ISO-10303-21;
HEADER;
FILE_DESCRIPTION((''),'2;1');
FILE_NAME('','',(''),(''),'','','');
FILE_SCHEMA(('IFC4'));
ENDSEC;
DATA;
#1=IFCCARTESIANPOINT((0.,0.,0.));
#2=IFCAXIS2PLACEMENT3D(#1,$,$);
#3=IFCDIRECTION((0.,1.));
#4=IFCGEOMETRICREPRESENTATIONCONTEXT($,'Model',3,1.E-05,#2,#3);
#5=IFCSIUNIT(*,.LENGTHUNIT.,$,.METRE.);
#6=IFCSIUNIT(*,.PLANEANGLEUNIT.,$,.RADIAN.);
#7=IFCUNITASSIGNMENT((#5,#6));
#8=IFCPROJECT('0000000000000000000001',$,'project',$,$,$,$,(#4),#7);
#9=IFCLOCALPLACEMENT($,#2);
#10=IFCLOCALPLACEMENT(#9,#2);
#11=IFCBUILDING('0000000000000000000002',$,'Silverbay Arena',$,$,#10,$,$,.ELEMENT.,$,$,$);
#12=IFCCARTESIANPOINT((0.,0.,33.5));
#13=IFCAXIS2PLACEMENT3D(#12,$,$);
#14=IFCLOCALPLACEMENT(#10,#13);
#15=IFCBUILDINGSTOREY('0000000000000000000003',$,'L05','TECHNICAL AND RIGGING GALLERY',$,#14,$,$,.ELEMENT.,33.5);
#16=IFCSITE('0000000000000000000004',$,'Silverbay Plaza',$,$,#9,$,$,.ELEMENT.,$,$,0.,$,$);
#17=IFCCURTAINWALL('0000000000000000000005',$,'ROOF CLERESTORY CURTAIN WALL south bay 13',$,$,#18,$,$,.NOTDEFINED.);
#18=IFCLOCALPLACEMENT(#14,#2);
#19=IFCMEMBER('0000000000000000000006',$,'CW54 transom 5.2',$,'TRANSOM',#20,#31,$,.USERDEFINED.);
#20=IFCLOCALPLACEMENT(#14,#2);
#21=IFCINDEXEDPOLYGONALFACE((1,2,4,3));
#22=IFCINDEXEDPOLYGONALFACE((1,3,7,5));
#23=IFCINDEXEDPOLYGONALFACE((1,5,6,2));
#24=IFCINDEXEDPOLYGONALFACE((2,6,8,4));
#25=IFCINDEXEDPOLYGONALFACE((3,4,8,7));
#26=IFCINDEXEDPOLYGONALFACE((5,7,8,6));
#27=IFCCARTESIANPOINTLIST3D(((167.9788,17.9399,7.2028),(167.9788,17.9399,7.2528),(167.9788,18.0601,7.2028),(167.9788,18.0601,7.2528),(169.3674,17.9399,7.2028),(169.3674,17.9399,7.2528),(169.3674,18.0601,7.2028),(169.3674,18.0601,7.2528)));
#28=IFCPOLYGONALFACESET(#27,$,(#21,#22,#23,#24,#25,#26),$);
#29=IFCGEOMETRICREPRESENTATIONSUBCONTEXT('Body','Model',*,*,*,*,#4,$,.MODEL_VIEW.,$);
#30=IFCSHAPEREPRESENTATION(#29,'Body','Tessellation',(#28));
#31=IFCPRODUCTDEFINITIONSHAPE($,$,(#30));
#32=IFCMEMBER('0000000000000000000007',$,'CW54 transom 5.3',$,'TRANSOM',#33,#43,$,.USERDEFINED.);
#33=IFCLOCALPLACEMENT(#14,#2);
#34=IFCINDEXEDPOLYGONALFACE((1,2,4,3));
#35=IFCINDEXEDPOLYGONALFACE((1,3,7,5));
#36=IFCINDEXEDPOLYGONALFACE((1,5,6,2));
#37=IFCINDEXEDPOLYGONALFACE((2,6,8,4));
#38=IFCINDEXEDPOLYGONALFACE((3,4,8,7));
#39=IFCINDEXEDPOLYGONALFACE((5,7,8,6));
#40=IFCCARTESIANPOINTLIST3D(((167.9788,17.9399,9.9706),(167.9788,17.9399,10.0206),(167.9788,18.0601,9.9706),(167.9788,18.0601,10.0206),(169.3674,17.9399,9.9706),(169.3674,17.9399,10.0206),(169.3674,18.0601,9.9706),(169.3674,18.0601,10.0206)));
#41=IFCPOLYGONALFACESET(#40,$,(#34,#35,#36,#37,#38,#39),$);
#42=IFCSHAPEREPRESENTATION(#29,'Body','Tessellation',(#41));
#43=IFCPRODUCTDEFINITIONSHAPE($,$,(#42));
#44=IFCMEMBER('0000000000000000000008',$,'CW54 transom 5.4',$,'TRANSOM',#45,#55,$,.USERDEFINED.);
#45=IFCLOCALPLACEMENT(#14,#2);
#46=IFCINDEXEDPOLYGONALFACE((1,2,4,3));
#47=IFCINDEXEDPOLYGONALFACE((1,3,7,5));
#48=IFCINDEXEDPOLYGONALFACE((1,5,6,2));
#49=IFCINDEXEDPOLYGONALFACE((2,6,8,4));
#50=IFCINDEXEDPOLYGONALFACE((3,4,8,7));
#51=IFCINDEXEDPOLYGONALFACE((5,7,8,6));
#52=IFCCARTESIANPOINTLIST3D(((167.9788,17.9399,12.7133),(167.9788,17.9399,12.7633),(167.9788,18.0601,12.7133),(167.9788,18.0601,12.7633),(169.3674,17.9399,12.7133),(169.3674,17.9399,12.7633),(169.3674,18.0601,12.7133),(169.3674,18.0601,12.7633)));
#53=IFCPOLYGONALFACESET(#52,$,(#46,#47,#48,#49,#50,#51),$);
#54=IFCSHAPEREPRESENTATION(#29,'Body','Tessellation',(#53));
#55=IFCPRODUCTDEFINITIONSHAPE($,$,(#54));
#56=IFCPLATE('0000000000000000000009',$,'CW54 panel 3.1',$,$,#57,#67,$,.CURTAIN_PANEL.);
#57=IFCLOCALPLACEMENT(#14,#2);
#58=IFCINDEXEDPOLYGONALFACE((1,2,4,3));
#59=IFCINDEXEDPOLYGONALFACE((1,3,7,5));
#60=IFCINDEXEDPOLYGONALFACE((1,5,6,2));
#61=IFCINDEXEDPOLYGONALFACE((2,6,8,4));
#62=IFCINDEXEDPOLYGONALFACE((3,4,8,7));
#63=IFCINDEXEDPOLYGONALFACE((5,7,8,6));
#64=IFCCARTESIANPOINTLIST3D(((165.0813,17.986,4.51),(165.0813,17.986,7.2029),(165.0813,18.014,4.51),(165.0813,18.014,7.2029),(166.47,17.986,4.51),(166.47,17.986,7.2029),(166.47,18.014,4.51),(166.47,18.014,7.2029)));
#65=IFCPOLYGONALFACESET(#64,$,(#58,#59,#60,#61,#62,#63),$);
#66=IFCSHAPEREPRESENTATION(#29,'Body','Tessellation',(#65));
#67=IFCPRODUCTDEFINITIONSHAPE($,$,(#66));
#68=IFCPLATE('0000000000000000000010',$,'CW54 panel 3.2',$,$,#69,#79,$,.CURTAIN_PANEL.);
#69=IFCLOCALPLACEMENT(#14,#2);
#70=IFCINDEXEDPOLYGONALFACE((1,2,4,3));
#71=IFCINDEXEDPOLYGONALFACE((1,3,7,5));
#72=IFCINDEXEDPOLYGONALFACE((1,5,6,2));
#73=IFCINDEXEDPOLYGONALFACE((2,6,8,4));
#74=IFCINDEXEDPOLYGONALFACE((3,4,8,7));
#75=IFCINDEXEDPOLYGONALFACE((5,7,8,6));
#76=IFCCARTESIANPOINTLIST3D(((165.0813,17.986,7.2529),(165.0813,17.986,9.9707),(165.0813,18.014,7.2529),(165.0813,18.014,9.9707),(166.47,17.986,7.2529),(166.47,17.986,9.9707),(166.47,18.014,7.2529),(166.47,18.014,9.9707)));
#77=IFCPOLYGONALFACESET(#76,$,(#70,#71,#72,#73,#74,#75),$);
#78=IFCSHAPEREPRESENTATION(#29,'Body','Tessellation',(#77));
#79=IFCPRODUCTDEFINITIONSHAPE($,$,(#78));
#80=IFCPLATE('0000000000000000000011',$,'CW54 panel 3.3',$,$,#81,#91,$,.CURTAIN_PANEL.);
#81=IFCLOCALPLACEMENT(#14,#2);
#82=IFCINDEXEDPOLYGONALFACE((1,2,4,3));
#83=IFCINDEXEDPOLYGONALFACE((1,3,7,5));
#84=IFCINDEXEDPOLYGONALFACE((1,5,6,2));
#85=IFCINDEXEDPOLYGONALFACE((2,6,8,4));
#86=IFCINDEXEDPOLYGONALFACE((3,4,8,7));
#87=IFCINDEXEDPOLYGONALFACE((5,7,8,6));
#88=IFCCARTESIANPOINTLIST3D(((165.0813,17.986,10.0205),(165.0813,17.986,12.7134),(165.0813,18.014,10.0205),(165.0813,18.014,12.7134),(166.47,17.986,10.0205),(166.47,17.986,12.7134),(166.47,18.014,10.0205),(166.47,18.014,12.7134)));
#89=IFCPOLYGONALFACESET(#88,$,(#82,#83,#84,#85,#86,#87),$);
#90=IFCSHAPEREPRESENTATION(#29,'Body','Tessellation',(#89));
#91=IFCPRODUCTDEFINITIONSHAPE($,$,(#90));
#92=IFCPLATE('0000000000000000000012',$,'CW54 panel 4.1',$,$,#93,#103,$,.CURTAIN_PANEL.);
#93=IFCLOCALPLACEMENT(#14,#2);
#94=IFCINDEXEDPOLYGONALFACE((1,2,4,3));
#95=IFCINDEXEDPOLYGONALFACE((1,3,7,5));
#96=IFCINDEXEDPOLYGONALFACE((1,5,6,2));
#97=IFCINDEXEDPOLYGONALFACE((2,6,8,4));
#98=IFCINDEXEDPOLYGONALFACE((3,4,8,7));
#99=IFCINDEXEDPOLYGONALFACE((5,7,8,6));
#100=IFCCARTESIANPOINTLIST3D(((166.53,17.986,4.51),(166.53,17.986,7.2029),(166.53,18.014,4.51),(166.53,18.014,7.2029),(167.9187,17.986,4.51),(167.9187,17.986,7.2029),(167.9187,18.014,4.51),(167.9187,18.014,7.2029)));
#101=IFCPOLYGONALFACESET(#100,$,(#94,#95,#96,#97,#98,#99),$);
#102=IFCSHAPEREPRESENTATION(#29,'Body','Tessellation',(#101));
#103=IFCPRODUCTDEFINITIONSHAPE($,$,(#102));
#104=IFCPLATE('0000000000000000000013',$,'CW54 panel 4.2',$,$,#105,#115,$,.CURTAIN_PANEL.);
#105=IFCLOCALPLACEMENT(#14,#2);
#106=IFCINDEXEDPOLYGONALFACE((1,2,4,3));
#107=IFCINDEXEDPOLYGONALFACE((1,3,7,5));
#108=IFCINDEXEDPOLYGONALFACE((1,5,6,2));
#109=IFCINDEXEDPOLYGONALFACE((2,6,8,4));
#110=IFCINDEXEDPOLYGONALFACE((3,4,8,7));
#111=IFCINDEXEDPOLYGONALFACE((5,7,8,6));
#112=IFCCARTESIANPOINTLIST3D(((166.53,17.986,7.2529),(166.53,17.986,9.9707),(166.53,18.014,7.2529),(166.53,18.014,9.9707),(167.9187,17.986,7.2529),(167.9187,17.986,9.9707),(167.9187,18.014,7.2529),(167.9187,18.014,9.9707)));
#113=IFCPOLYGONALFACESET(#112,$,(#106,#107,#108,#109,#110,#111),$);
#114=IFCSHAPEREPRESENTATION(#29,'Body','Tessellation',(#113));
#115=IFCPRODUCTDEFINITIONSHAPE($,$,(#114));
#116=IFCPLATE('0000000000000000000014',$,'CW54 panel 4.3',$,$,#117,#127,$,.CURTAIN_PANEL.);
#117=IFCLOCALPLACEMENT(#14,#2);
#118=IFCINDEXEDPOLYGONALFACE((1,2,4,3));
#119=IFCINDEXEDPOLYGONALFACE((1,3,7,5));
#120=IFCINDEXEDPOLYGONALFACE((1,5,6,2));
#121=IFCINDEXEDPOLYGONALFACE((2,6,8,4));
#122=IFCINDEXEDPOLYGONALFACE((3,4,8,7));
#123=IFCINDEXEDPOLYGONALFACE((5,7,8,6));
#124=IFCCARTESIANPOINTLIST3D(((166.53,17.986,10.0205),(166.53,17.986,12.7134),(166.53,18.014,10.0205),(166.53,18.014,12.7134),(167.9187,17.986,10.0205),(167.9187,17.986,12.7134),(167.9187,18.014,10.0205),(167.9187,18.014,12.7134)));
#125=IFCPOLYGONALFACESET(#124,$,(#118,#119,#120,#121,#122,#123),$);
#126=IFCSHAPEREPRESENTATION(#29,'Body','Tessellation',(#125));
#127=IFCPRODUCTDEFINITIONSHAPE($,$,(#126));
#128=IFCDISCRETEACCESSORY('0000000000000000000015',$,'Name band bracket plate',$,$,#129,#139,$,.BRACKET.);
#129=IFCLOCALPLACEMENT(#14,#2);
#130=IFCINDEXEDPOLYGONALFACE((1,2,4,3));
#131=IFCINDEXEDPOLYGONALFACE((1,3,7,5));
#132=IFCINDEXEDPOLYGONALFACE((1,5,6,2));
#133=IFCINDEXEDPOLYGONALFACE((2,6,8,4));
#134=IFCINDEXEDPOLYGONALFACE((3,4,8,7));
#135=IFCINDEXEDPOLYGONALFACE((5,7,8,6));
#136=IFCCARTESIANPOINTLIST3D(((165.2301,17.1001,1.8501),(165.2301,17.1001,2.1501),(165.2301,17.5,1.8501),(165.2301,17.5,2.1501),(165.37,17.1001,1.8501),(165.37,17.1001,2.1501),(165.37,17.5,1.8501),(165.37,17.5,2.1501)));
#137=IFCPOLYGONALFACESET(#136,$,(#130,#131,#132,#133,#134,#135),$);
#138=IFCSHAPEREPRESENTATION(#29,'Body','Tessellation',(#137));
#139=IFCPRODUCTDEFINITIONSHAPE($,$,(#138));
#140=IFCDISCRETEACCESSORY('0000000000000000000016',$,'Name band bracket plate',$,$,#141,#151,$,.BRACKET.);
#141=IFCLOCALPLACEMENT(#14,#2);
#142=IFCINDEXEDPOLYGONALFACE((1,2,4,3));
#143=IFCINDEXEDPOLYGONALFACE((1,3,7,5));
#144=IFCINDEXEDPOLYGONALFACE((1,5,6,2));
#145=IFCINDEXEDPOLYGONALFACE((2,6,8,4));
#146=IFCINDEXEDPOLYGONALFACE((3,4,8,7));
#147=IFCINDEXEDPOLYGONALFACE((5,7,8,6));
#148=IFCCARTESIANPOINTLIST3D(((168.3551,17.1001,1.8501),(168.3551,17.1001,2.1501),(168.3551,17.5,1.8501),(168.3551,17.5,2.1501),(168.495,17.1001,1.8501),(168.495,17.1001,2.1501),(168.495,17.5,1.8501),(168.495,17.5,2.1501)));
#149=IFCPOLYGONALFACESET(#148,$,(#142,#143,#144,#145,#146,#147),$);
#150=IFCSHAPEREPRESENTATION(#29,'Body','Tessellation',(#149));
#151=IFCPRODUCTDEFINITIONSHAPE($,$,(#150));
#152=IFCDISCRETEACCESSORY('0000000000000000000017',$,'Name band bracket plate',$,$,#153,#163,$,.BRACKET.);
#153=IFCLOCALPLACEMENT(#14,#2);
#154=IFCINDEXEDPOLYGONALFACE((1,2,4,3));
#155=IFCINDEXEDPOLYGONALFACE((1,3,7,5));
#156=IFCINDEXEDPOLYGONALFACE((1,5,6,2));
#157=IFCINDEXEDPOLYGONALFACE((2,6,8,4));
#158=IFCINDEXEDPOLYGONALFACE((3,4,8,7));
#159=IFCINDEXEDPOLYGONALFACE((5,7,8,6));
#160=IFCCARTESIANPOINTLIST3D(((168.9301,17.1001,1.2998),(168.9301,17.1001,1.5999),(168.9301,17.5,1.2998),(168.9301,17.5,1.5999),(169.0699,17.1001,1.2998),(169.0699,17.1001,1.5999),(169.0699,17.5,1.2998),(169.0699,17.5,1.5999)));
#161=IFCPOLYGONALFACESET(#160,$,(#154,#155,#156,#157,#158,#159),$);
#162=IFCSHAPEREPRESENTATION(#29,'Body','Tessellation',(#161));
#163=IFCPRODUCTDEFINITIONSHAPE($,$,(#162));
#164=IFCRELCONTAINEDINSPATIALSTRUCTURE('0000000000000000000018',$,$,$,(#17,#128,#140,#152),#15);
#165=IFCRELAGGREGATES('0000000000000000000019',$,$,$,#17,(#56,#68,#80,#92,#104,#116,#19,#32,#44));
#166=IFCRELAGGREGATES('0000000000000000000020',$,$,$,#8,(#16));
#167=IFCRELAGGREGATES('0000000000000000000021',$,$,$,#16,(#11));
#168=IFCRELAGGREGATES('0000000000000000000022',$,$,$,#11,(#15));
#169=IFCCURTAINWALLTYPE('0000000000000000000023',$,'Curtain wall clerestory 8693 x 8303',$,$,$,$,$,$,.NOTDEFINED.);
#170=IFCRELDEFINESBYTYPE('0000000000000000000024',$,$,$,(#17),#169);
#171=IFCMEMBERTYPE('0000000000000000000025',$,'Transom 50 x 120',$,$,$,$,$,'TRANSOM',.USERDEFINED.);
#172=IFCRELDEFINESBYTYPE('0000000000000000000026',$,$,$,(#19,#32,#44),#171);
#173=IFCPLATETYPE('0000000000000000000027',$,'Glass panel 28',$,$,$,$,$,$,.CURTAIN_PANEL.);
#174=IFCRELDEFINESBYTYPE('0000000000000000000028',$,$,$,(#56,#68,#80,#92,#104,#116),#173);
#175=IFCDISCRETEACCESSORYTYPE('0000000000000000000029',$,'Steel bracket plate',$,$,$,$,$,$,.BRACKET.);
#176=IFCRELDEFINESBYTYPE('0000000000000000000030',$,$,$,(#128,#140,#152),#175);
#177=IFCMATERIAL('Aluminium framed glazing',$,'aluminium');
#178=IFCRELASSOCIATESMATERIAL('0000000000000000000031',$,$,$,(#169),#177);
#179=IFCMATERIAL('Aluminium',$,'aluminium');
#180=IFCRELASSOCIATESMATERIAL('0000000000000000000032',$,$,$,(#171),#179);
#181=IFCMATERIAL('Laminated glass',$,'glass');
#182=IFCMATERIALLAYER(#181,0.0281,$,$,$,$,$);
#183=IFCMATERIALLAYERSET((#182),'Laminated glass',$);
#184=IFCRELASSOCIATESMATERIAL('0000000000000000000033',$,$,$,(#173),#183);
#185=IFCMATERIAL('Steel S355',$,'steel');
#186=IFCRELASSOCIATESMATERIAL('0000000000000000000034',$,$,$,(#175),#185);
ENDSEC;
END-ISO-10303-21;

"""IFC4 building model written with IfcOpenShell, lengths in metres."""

from ifc_helpers import new_model, si_unit, direction, frame, origin, origin_2d, place, context, subcontext, project, spatial, rectangle, extrude, material, layer, layer_set, material_profile, profile_set, type_object, element, aggregate, save


model = new_model("IFC4")

# Units and contexts
model_context = context("Model", 3, precision=1e-05, world=origin(), true_north=direction((0.0, 1.0)))
body_context = subcontext(model_context, "Body", "Model", "MODEL_VIEW")
ifc_project = project(units=[si_unit("LENGTHUNIT", "METRE"), si_unit("PLANEANGLEUNIT", "RADIAN")], contexts=[model_context])

# Site, building, storey
site_placement = place(None, origin())
site = spatial("IfcSite", under=ifc_project, at=site_placement, Name="Silverbay Plaza", CompositionType="ELEMENT", RefElevation=0.0)
building_placement = place(site_placement, origin())
building = spatial("IfcBuilding", under=site, at=building_placement, Name="Silverbay Arena", CompositionType="ELEMENT")
storey_placement = place(building_placement, frame((0.0, 0.0, 33.5)))
storey = spatial("IfcBuildingStorey", under=building, at=storey_placement, Name="L05", Description="TECHNICAL AND RIGGING GALLERY", CompositionType="ELEMENT", Elevation=33.5)

# Curtain wall
ifc_material_1 = material(Name="Aluminium framed glazing", Category="aluminium")
curtain_wall_type = type_object("IfcCurtainWallType", Name="Curtain wall clerestory 8693 x 8303", PredefinedType="NOTDEFINED", material=ifc_material_1)
curtain_wall_placement = place(storey_placement, origin())
curtain_wall = element("IfcCurtainWall", 1, at=curtain_wall_placement, inside=storey, type_object=curtain_wall_type, Name="ROOF CLERESTORY CURTAIN WALL south bay 13", PredefinedType="NOTDEFINED")

# Members
ifc_material_2 = material(Name="Aluminium", Category="aluminium")
ifc_material_profile_1 = material_profile(ifc_material_2, rectangle(XDim=0.1201, YDim=0.05, at=origin_2d()), Name="Transom 50 x 120")
ifc_profile_set_1 = profile_set([ifc_material_profile_1], Name="Aluminium")
member_type_1 = type_object("IfcMemberType", Name="Transom 50 x 120", ElementType="TRANSOM", PredefinedType="USERDEFINED", material=ifc_profile_set_1)
member_1_placement = place(storey_placement, frame((167.9788, 18.0, 7.2278), z_axis=(1.0, 0.0, 0.0), x_axis=(0.0, 1.0, 0.0)))
member_1 = element("IfcMember", 2, at=member_1_placement, type_object=member_type_1, Name="CW54 transom 5.2", ObjectType="TRANSOM", PredefinedType="USERDEFINED", context=body_context, shape_type="SweptSolid", body=[
    extrude(rectangle(XDim=0.1201, YDim=0.05, at=origin_2d()), origin(), (0.0, 0.0, 1.0), 1.3887),
])
member_2_placement = place(storey_placement, frame((167.9788, 18.0, 9.9956), z_axis=(1.0, 0.0, 0.0), x_axis=(0.0, 1.0, 0.0)))
member_2 = element("IfcMember", 3, at=member_2_placement, type_object=member_type_1, Name="CW54 transom 5.3", ObjectType="TRANSOM", PredefinedType="USERDEFINED", context=body_context, shape_type="SweptSolid", body=[
    extrude(rectangle(XDim=0.1201, YDim=0.05, at=origin_2d()), origin(), (0.0, 0.0, 1.0), 1.3887),
])
member_3_placement = place(storey_placement, frame((167.9788, 18.0, 12.7383), z_axis=(1.0, 0.0, 0.0), x_axis=(0.0, 1.0, 0.0)))
member_3 = element("IfcMember", 4, at=member_3_placement, type_object=member_type_1, Name="CW54 transom 5.4", ObjectType="TRANSOM", PredefinedType="USERDEFINED", context=body_context, shape_type="SweptSolid", body=[
    extrude(rectangle(XDim=0.1201, YDim=0.05, at=origin_2d()), origin(), (0.0, 0.0, 1.0), 1.3887),
])

# Plates
ifc_material_3 = material(Name="Laminated glass", Category="glass")
ifc_layer = layer(ifc_material_3, 0.0281)
ifc_layer_set = layer_set([ifc_layer], Name="Laminated glass")
plate_type = type_object("IfcPlateType", Name="Glass panel 28", PredefinedType="CURTAIN_PANEL", material=ifc_layer_set)
plate_1_placement = place(storey_placement, frame((165.7756, 18.0, 4.51), z_axis=(0.0, 0.0, 1.0), x_axis=(1.0, 0.0, 0.0)))
plate_1 = element("IfcPlate", 5, at=plate_1_placement, type_object=plate_type, Name="CW54 panel 3.1", PredefinedType="CURTAIN_PANEL", context=body_context, shape_type="SweptSolid", body=[
    extrude(rectangle(XDim=1.3887, YDim=0.0281, at=origin_2d()), origin(), (0.0, 0.0, 1.0), 2.6929),
])
plate_2_placement = place(storey_placement, frame((165.7756, 18.0, 7.2529), z_axis=(0.0, 0.0, 1.0), x_axis=(1.0, 0.0, 0.0)))
plate_2 = element("IfcPlate", 6, at=plate_2_placement, type_object=plate_type, Name="CW54 panel 3.2", PredefinedType="CURTAIN_PANEL", context=body_context, shape_type="SweptSolid", body=[
    extrude(rectangle(XDim=1.3887, YDim=0.0281, at=origin_2d()), origin(), (0.0, 0.0, 1.0), 2.7178),
])
plate_3_placement = place(storey_placement, frame((165.7756, 18.0, 10.0205), z_axis=(0.0, 0.0, 1.0), x_axis=(1.0, 0.0, 0.0)))
plate_3 = element("IfcPlate", 7, at=plate_3_placement, type_object=plate_type, Name="CW54 panel 3.3", PredefinedType="CURTAIN_PANEL", context=body_context, shape_type="SweptSolid", body=[
    extrude(rectangle(XDim=1.3887, YDim=0.0281, at=origin_2d()), origin(), (0.0, 0.0, 1.0), 2.6929),
])
plate_4_placement = place(storey_placement, frame((167.2244, 18.0, 4.51), z_axis=(0.0, 0.0, 1.0), x_axis=(1.0, 0.0, 0.0)))
plate_4 = element("IfcPlate", 8, at=plate_4_placement, type_object=plate_type, Name="CW54 panel 4.1", PredefinedType="CURTAIN_PANEL", context=body_context, shape_type="SweptSolid", body=[
    extrude(rectangle(XDim=1.3887, YDim=0.0281, at=origin_2d()), origin(), (0.0, 0.0, 1.0), 2.6929),
])
plate_5_placement = place(storey_placement, frame((167.2244, 18.0, 7.2529), z_axis=(0.0, 0.0, 1.0), x_axis=(1.0, 0.0, 0.0)))
plate_5 = element("IfcPlate", 9, at=plate_5_placement, type_object=plate_type, Name="CW54 panel 4.2", PredefinedType="CURTAIN_PANEL", context=body_context, shape_type="SweptSolid", body=[
    extrude(rectangle(XDim=1.3887, YDim=0.0281, at=origin_2d()), origin(), (0.0, 0.0, 1.0), 2.7178),
])
plate_6_placement = place(storey_placement, frame((167.2244, 18.0, 10.0205), z_axis=(0.0, 0.0, 1.0), x_axis=(1.0, 0.0, 0.0)))
plate_6 = element("IfcPlate", 10, at=plate_6_placement, type_object=plate_type, Name="CW54 panel 4.3", PredefinedType="CURTAIN_PANEL", context=body_context, shape_type="SweptSolid", body=[
    extrude(rectangle(XDim=1.3887, YDim=0.0281, at=origin_2d()), origin(), (0.0, 0.0, 1.0), 2.6929),
])
aggregate(curtain_wall, [plate_1, plate_2, plate_3, plate_4, plate_5, plate_6, member_1, member_2, member_3])

# Discrete accessories
ifc_material_4 = material(Name="Steel S355", Category="steel")
discrete_accessory_type = type_object("IfcDiscreteAccessoryType", Name="Steel bracket plate", PredefinedType="BRACKET", material=ifc_material_4)
for number, where, z_axis, x_axis, name in (
    (11, (165.3, 17.3, 1.8501), (0.0, 0.0, 1.0), (1.0, 0.0, 0.0), "Name band bracket plate"),
    (12, (168.425, 17.3, 1.8501), (0.0, 0.0, 1.0), (1.0, 0.0, 0.0), "Name band bracket plate"),
    (13, (169.0, 17.3, 1.2998), (0.0, 0.0, 1.0), (1.0, 0.0, 0.0), "Name band bracket plate"),
):
    element("IfcDiscreteAccessory", number, at=place(storey_placement, frame(where, z_axis=z_axis, x_axis=x_axis)), inside=storey, type_object=discrete_accessory_type, Name=name, PredefinedType="BRACKET", context=body_context, shape_type="SweptSolid", body=[
        extrude(rectangle(XDim=0.1399, YDim=0.3999, at=origin_2d()), origin(), (0.0, 0.0, 1.0), 0.3),
    ])

save(model, "model.ifc")
